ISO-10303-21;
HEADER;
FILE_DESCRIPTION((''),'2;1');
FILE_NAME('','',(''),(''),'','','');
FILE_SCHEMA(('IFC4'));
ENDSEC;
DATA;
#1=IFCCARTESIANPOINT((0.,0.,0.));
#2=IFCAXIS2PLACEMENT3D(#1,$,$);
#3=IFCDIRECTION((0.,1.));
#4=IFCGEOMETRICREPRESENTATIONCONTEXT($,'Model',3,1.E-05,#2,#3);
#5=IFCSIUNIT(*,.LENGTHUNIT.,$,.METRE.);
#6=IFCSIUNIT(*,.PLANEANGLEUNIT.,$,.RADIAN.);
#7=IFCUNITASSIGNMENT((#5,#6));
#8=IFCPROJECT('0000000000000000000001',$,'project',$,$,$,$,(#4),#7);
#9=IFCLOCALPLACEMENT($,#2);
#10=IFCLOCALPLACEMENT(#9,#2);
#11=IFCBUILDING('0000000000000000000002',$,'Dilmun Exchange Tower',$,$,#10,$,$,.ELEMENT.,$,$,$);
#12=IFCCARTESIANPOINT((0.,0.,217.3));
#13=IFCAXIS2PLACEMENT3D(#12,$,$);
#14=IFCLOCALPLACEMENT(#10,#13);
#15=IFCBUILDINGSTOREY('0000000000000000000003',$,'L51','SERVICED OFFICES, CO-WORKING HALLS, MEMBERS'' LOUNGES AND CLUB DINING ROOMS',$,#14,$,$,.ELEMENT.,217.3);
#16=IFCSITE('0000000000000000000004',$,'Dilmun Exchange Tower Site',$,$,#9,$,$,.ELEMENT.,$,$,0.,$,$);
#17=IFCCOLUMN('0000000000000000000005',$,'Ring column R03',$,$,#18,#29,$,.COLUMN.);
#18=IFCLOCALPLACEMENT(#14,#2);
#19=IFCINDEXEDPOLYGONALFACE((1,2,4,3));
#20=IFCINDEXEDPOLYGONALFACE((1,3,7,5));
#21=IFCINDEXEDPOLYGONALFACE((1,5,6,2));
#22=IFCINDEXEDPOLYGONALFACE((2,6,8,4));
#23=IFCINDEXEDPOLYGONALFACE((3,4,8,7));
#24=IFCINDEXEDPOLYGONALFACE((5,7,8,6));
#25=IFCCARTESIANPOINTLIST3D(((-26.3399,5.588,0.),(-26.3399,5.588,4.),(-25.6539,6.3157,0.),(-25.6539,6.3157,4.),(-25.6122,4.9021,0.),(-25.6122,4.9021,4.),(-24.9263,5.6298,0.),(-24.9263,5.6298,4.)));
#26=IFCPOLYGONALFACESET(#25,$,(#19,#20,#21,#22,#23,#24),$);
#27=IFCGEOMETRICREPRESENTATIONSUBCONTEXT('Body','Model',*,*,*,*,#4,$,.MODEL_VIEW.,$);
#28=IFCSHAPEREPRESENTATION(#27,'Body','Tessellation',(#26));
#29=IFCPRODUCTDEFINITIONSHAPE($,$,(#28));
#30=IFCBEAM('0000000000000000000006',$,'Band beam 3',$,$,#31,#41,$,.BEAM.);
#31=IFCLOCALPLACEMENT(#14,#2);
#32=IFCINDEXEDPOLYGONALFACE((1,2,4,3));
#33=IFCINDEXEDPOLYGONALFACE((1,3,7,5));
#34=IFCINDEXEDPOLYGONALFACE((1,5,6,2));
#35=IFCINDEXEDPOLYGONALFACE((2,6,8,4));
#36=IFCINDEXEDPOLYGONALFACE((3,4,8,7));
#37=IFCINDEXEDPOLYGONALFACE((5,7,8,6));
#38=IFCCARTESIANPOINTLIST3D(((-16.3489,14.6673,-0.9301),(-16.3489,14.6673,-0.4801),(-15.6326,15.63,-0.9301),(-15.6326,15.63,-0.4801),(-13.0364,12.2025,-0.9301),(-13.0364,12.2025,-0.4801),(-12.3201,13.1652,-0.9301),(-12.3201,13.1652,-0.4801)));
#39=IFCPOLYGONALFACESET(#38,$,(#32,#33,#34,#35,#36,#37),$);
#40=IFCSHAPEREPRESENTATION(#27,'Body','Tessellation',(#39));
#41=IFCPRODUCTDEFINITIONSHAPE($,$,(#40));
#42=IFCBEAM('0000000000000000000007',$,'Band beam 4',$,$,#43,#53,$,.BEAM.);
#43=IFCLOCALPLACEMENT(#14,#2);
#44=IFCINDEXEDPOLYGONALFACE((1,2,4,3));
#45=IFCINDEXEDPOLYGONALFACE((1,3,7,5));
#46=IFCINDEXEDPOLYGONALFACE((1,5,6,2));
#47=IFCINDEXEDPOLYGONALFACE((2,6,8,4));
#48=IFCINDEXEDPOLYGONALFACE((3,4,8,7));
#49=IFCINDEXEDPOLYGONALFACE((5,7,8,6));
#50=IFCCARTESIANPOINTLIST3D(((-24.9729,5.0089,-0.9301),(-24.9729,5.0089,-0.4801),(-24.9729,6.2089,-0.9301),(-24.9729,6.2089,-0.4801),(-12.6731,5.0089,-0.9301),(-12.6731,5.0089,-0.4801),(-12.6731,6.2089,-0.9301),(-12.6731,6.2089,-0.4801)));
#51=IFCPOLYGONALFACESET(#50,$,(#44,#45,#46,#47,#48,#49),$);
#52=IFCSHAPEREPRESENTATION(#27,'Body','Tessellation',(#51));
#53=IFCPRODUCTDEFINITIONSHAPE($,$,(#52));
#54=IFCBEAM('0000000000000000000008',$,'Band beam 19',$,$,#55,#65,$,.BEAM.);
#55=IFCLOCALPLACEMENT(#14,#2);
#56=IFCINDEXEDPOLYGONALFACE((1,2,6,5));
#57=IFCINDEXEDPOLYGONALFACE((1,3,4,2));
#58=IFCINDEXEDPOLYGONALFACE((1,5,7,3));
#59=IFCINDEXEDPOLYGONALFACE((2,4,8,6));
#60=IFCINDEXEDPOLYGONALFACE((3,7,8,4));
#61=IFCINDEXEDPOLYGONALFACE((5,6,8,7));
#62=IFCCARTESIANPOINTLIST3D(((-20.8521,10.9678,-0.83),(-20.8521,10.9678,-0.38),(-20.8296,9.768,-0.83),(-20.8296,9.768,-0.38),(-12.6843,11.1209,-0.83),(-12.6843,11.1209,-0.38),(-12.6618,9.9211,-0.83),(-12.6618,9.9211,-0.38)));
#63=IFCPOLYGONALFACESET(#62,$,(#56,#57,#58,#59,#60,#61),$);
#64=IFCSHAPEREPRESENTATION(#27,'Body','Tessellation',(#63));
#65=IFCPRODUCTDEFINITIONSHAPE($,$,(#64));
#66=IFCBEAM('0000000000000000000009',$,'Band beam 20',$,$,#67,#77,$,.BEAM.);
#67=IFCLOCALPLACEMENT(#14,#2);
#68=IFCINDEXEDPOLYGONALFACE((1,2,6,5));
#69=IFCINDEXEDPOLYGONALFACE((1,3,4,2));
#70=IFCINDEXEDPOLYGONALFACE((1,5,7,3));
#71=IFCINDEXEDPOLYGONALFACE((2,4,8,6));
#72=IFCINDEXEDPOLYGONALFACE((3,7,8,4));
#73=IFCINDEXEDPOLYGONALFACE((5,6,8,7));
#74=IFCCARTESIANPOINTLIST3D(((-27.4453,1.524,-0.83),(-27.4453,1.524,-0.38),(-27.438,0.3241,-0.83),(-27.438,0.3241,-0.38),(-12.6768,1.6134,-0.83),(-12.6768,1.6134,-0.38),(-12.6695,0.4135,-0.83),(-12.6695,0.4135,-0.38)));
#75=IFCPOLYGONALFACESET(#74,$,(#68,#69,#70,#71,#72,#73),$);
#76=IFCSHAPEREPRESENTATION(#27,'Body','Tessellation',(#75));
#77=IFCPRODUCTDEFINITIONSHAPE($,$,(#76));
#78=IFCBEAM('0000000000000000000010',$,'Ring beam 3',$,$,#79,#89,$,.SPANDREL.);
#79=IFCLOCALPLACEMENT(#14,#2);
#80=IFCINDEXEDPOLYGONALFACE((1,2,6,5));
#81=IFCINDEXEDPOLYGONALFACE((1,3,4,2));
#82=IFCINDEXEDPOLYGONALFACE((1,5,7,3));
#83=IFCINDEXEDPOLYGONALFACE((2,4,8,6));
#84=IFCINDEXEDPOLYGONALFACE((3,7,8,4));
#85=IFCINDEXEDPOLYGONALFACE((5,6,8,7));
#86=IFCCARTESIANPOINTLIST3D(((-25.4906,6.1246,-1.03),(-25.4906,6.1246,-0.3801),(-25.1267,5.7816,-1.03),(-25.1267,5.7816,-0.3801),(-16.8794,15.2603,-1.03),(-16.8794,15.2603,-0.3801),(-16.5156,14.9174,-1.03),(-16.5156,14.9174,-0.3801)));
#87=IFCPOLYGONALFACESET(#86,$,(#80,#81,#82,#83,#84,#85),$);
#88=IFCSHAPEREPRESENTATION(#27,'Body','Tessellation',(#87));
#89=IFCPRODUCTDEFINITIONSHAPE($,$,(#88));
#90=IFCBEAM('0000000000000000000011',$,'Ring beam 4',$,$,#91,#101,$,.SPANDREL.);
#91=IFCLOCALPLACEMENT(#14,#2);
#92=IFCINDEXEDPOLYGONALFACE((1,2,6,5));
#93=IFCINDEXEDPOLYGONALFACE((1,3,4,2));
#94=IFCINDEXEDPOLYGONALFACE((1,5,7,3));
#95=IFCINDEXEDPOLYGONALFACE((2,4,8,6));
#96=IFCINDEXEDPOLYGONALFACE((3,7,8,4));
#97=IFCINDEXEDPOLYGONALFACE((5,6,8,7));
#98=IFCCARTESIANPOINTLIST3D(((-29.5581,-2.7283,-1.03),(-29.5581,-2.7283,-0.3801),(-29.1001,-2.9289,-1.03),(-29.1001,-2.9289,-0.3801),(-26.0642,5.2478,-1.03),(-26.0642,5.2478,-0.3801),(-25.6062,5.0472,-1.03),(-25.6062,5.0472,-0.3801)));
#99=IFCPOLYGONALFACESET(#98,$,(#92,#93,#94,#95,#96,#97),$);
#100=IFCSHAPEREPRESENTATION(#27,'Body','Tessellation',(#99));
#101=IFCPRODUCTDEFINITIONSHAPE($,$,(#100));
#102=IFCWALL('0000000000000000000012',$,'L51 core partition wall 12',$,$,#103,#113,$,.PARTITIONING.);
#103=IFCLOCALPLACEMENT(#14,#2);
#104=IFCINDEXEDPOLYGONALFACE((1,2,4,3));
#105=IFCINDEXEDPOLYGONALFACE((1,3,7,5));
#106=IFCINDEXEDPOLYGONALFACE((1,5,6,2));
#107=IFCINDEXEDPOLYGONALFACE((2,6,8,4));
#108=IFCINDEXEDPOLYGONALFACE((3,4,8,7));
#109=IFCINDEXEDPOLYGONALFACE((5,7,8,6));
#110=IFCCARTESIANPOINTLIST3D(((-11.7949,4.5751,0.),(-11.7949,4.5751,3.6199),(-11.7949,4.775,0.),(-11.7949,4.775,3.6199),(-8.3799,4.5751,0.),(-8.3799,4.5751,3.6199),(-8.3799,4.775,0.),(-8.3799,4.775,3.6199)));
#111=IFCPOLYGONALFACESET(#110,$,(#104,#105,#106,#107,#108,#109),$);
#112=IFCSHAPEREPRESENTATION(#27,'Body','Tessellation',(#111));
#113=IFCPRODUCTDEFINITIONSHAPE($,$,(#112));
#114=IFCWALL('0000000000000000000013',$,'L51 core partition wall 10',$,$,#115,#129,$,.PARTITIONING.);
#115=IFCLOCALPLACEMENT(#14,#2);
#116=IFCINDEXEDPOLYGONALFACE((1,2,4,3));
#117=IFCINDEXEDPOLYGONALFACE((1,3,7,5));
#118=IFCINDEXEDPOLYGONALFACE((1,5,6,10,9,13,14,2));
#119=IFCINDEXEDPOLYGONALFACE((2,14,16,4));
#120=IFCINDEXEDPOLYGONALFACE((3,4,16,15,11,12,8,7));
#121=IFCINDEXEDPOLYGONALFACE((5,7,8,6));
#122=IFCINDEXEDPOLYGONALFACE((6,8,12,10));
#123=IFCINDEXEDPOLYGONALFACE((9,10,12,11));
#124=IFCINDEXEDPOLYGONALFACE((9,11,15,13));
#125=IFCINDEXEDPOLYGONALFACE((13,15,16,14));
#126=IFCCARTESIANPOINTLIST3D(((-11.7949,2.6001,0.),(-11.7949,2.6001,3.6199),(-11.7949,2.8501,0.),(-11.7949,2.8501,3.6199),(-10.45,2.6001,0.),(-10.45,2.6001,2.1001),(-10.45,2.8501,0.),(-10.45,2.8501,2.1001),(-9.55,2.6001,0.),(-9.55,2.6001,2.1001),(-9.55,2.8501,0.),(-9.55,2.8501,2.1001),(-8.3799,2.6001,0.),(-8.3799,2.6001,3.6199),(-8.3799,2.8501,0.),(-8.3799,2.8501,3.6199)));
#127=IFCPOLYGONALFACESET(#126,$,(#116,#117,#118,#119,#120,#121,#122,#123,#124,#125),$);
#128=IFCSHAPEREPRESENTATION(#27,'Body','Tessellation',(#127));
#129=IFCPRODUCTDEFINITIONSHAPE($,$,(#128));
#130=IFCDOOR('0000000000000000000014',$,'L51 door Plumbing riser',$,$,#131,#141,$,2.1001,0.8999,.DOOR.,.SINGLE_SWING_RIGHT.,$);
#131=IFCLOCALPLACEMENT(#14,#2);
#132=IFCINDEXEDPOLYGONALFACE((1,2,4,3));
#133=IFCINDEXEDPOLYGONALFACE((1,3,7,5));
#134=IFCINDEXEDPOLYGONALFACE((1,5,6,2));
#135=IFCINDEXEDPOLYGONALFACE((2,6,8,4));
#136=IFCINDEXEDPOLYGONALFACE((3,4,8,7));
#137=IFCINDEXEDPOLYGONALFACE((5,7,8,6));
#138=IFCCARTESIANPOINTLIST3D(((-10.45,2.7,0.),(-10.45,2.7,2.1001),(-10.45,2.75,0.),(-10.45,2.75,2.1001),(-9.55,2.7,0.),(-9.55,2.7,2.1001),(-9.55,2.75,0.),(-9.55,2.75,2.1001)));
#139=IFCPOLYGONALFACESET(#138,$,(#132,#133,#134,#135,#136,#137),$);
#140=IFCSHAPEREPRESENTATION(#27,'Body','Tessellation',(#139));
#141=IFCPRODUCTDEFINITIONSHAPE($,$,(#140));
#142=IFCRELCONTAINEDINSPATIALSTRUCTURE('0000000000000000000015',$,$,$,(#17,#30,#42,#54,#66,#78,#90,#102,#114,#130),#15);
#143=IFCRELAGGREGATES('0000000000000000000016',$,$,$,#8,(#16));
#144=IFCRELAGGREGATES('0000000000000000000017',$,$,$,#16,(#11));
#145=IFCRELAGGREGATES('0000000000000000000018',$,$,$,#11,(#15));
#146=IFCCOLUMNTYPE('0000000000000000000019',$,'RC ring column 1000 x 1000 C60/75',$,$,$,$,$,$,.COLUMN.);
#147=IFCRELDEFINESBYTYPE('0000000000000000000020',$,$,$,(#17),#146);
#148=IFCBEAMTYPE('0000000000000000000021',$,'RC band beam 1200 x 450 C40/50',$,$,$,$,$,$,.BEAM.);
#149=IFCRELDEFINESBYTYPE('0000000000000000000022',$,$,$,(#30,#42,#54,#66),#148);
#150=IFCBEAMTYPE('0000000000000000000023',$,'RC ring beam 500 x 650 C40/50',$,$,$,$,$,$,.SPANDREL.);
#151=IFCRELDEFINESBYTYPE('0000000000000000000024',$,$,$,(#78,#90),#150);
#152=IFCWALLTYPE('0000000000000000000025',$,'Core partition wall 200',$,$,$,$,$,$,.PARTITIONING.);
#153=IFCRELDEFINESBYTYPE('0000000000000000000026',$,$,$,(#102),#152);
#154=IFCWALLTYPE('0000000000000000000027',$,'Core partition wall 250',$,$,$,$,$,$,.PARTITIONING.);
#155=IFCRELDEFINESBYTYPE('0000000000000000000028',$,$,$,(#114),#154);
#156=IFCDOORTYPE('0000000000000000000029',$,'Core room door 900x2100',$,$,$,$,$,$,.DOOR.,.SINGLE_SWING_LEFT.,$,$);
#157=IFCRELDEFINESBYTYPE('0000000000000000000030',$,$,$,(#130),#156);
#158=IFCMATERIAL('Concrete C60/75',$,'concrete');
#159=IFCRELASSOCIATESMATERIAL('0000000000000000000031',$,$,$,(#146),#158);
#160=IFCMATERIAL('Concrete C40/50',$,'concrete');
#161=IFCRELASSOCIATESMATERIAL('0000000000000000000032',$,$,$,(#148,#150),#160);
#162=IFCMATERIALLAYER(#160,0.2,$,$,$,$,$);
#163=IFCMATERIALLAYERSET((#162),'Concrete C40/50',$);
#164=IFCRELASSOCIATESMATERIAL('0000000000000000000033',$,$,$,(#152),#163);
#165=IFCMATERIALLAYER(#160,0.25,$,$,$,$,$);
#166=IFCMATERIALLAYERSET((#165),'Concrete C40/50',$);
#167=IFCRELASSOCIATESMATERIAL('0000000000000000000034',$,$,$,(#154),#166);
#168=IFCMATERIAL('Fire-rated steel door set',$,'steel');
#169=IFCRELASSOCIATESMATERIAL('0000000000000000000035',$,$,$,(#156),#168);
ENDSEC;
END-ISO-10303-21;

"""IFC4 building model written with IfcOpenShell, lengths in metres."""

from ifc_helpers import new_model, si_unit, direction, frame, frame_2d, origin, origin_2d, place, context, subcontext, project, spatial, rectangle, extrude, material, layer, layer_set, material_profile, profile_set, type_object, element, fill, save


model = new_model("IFC4")

# Units and contexts
model_context = context("Model", 3, precision=1e-05, world=origin(), true_north=direction((0.0, 1.0)))
body_context = subcontext(model_context, "Body", "Model", "MODEL_VIEW")
ifc_project = project(units=[si_unit("LENGTHUNIT", "METRE"), si_unit("PLANEANGLEUNIT", "RADIAN")], contexts=[model_context])

# Site, building, storey
site_placement = place(None, origin())
site = spatial("IfcSite", under=ifc_project, at=site_placement, Name="Dilmun Exchange Tower Site", CompositionType="ELEMENT", RefElevation=0.0)
building_placement = place(site_placement, origin())
building = spatial("IfcBuilding", under=site, at=building_placement, Name="Dilmun Exchange Tower", CompositionType="ELEMENT")
storey_placement = place(building_placement, frame((0.0, 0.0, 217.3)))
storey = spatial("IfcBuildingStorey", under=building, at=storey_placement, Name="L51", Description="SERVICED OFFICES, CO-WORKING HALLS, MEMBERS' LOUNGES AND CLUB DINING ROOMS", CompositionType="ELEMENT", Elevation=217.3)

# Column
ifc_material_1 = material(Name="Concrete C60/75", Category="concrete")
ifc_material_profile_1 = material_profile(ifc_material_1, rectangle(XDim=1.0, YDim=1.0, at=origin_2d()), Name="1000 x 1000")
ifc_profile_set_1 = profile_set([ifc_material_profile_1], Name="Concrete C60/75")
column_type = type_object("IfcColumnType", Name="RC ring column 1000 x 1000 C60/75", PredefinedType="COLUMN", material=ifc_profile_set_1)
column_placement = place(storey_placement, frame((-25.6331, 5.6089, 0.0), z_axis=(0.0, 0.0, 1.0), x_axis=(0.685916, 0.727681, 0.0)))
element("IfcColumn", 1, at=column_placement, inside=storey, type_object=column_type, Name="Ring column R03", PredefinedType="COLUMN", context=body_context, shape_type="SweptSolid", body=[
    extrude(rectangle(XDim=1.0, YDim=1.0, at=origin_2d()), origin(), (0.0, 0.0, 1.0), 4.0),
])

# Beams
ifc_material_2 = material(Name="Concrete C40/50", Category="concrete")
ifc_material_profile_2 = material_profile(ifc_material_2, rectangle(XDim=1.2, YDim=0.45, at=origin_2d()), Name="1200 x 450")
ifc_profile_set_2 = profile_set([ifc_material_profile_2], Name="Concrete C40/50")
beam_type_1 = type_object("IfcBeamType", Name="RC band beam 1200 x 450 C40/50", PredefinedType="BEAM", material=ifc_profile_set_2)
beam_1_placement = place(storey_placement, frame((-15.9907, 15.1487, -0.7051), z_axis=(0.802265, -0.596968, 0.0), x_axis=(0.596968, 0.802265, 0.0)))
element("IfcBeam", 2, at=beam_1_placement, inside=storey, type_object=beam_type_1, Name="Band beam 3", PredefinedType="BEAM", context=body_context, shape_type="SweptSolid", body=[
    extrude(rectangle(XDim=1.2, YDim=0.45, at=origin_2d()), origin(), (0.0, 0.0, 1.0), 4.1289),
])
beam_2_placement = place(storey_placement, frame((-24.9729, 5.6089, -0.7051), z_axis=(1.0, 0.0, 0.0), x_axis=(0.0, 1.0, 0.0)))
element("IfcBeam", 3, at=beam_2_placement, inside=storey, type_object=beam_type_1, Name="Band beam 4", PredefinedType="BEAM", context=body_context, shape_type="SweptSolid", body=[
    extrude(rectangle(XDim=1.2, YDim=0.45, at=origin_2d()), origin(), (0.0, 0.0, 1.0), 12.2998),
])
beam_3_placement = place(storey_placement, frame((-20.8408, 10.3679, -0.605), z_axis=(0.999824, 0.018738, 0.0), x_axis=(-0.018738, 0.999824, 0.0)))
element("IfcBeam", 4, at=beam_3_placement, inside=storey, type_object=beam_type_1, Name="Band beam 19", PredefinedType="BEAM", context=body_context, shape_type="SweptSolid", body=[
    extrude(rectangle(XDim=1.2, YDim=0.45, at=origin_2d()), origin(), (0.0, 0.0, 1.0), 8.1692),
])
beam_4_placement = place(storey_placement, frame((-27.4417, 0.9241, -0.605), z_axis=(0.999982, 0.00605, 0.0), x_axis=(-0.00605, 0.999982, 0.0)))
element("IfcBeam", 5, at=beam_4_placement, inside=storey, type_object=beam_type_1, Name="Band beam 20", PredefinedType="BEAM", context=body_context, shape_type="SweptSolid", body=[
    extrude(rectangle(XDim=1.2, YDim=0.45, at=origin_2d()), origin(), (0.0, 0.0, 1.0), 14.7688),
])
ifc_material_profile_3 = material_profile(ifc_material_2, rectangle(XDim=0.5, YDim=0.6499, at=origin_2d()), Name="500 x 650")
ifc_profile_set_3 = profile_set([ifc_material_profile_3], Name="Concrete C40/50")
beam_type_2 = type_object("IfcBeamType", Name="RC ring beam 500 x 650 C40/50", PredefinedType="SPANDREL", material=ifc_profile_set_3)
beam_5_placement = place(storey_placement, frame((-16.6975, 15.0889, -0.7051), z_axis=(-0.685903, -0.727693, 0.0), x_axis=(0.727693, -0.685903, 0.0)))
element("IfcBeam", 6, at=beam_5_placement, inside=storey, type_object=beam_type_2, Name="Ring beam 3", PredefinedType="SPANDREL", context=body_context, shape_type="SweptSolid", body=[
    extrude(rectangle(XDim=0.5, YDim=0.6499, at=origin_2d()), origin(), (0.0, 0.0, 1.0), 12.5544),
])
beam_6_placement = place(storey_placement, frame((-25.8352, 5.1475, -0.7051), z_axis=(-0.401239, -0.915973, 0.0), x_axis=(0.915973, -0.401239, 0.0)))
element("IfcBeam", 7, at=beam_6_placement, inside=storey, type_object=beam_type_2, Name="Ring beam 4", PredefinedType="SPANDREL", context=body_context, shape_type="SweptSolid", body=[
    extrude(rectangle(XDim=0.5, YDim=0.6499, at=origin_2d()), origin(), (0.0, 0.0, 1.0), 8.7078),
])

# Wall
ifc_layer_1 = layer(ifc_material_2, 0.2)
ifc_layer_set_1 = layer_set([ifc_layer_1], Name="Concrete C40/50")
wall_type_1 = type_object("IfcWallType", Name="Core partition wall 200", PredefinedType="PARTITIONING", material=ifc_layer_set_1)
wall_1_placement = place(storey_placement, frame((-11.7949, 4.675, 0.0), z_axis=(0.0, 0.0, 1.0), x_axis=(1.0, 0.0, 0.0)))
element("IfcWall", 8, at=wall_1_placement, inside=storey, type_object=wall_type_1, Name="L51 core partition wall 12", PredefinedType="PARTITIONING", context=body_context, shape_type="SweptSolid", body=[
    extrude(rectangle(XDim=3.415, YDim=0.2, at=frame_2d((1.7075, 0.0))), origin(), (0.0, 0.0, 1.0), 3.6199),
])

# Wall, opening, door
ifc_layer_2 = layer(ifc_material_2, 0.25)
ifc_layer_set_2 = layer_set([ifc_layer_2], Name="Concrete C40/50")
wall_type_2 = type_object("IfcWallType", Name="Core partition wall 250", PredefinedType="PARTITIONING", material=ifc_layer_set_2)
wall_2_placement = place(storey_placement, frame((-11.7949, 2.7251, 0.0), z_axis=(0.0, 0.0, 1.0), x_axis=(1.0, 0.0, 0.0)))
wall_2 = element("IfcWall", 9, at=wall_2_placement, inside=storey, type_object=wall_type_2, Name="L51 core partition wall 10", PredefinedType="PARTITIONING", context=body_context, shape_type="SweptSolid", body=[
    extrude(rectangle(XDim=3.415, YDim=0.25, at=frame_2d((1.7075, 0.0))), origin(), (0.0, 0.0, 1.0), 3.6199),
])
opening_1_placement = place(wall_2_placement, frame((1.345, 0.0, 0.0)))
opening_1 = element("IfcOpeningElement", 10, at=opening_1_placement, cuts=wall_2, PredefinedType="OPENING", context=body_context, shape_type="SweptSolid", body=[
    extrude(rectangle(XDim=0.8999, YDim=2.1001, at=frame_2d((0.45, 1.05))), frame((0.0, 0.135, 0.0), z_axis=(0.0, -1.0, 0.0), x_axis=(1.0, 0.0, 0.0)), (0.0, 0.0, 1.0), 0.27),
])
ifc_material_3 = material(Name="Fire-rated steel door set", Category="steel")
door_type_1 = type_object("IfcDoorType", Name="Core room door 900x2100", OperationType="SINGLE_SWING_LEFT", PredefinedType="DOOR", material=ifc_material_3)
door_1_placement = place(opening_1_placement, origin())
door_1 = element("IfcDoor", 11, at=door_1_placement, inside=storey, type_object=door_type_1, Name="L51 door Plumbing riser", OperationType="SINGLE_SWING_RIGHT", OverallHeight=2.1001, OverallWidth=0.8999, PredefinedType="DOOR", context=body_context, shape_type="SweptSolid", body=[
    extrude(rectangle(XDim=0.8999, YDim=2.1001, at=frame_2d((0.45, 1.05))), frame((0.0, 0.0249, 0.0), z_axis=(0.0, -1.0, 0.0), x_axis=(1.0, 0.0, 0.0)), (0.0, 0.0, 1.0), 0.05),
])
fill(opening_1, door_1)

save(model, "model.ifc")
